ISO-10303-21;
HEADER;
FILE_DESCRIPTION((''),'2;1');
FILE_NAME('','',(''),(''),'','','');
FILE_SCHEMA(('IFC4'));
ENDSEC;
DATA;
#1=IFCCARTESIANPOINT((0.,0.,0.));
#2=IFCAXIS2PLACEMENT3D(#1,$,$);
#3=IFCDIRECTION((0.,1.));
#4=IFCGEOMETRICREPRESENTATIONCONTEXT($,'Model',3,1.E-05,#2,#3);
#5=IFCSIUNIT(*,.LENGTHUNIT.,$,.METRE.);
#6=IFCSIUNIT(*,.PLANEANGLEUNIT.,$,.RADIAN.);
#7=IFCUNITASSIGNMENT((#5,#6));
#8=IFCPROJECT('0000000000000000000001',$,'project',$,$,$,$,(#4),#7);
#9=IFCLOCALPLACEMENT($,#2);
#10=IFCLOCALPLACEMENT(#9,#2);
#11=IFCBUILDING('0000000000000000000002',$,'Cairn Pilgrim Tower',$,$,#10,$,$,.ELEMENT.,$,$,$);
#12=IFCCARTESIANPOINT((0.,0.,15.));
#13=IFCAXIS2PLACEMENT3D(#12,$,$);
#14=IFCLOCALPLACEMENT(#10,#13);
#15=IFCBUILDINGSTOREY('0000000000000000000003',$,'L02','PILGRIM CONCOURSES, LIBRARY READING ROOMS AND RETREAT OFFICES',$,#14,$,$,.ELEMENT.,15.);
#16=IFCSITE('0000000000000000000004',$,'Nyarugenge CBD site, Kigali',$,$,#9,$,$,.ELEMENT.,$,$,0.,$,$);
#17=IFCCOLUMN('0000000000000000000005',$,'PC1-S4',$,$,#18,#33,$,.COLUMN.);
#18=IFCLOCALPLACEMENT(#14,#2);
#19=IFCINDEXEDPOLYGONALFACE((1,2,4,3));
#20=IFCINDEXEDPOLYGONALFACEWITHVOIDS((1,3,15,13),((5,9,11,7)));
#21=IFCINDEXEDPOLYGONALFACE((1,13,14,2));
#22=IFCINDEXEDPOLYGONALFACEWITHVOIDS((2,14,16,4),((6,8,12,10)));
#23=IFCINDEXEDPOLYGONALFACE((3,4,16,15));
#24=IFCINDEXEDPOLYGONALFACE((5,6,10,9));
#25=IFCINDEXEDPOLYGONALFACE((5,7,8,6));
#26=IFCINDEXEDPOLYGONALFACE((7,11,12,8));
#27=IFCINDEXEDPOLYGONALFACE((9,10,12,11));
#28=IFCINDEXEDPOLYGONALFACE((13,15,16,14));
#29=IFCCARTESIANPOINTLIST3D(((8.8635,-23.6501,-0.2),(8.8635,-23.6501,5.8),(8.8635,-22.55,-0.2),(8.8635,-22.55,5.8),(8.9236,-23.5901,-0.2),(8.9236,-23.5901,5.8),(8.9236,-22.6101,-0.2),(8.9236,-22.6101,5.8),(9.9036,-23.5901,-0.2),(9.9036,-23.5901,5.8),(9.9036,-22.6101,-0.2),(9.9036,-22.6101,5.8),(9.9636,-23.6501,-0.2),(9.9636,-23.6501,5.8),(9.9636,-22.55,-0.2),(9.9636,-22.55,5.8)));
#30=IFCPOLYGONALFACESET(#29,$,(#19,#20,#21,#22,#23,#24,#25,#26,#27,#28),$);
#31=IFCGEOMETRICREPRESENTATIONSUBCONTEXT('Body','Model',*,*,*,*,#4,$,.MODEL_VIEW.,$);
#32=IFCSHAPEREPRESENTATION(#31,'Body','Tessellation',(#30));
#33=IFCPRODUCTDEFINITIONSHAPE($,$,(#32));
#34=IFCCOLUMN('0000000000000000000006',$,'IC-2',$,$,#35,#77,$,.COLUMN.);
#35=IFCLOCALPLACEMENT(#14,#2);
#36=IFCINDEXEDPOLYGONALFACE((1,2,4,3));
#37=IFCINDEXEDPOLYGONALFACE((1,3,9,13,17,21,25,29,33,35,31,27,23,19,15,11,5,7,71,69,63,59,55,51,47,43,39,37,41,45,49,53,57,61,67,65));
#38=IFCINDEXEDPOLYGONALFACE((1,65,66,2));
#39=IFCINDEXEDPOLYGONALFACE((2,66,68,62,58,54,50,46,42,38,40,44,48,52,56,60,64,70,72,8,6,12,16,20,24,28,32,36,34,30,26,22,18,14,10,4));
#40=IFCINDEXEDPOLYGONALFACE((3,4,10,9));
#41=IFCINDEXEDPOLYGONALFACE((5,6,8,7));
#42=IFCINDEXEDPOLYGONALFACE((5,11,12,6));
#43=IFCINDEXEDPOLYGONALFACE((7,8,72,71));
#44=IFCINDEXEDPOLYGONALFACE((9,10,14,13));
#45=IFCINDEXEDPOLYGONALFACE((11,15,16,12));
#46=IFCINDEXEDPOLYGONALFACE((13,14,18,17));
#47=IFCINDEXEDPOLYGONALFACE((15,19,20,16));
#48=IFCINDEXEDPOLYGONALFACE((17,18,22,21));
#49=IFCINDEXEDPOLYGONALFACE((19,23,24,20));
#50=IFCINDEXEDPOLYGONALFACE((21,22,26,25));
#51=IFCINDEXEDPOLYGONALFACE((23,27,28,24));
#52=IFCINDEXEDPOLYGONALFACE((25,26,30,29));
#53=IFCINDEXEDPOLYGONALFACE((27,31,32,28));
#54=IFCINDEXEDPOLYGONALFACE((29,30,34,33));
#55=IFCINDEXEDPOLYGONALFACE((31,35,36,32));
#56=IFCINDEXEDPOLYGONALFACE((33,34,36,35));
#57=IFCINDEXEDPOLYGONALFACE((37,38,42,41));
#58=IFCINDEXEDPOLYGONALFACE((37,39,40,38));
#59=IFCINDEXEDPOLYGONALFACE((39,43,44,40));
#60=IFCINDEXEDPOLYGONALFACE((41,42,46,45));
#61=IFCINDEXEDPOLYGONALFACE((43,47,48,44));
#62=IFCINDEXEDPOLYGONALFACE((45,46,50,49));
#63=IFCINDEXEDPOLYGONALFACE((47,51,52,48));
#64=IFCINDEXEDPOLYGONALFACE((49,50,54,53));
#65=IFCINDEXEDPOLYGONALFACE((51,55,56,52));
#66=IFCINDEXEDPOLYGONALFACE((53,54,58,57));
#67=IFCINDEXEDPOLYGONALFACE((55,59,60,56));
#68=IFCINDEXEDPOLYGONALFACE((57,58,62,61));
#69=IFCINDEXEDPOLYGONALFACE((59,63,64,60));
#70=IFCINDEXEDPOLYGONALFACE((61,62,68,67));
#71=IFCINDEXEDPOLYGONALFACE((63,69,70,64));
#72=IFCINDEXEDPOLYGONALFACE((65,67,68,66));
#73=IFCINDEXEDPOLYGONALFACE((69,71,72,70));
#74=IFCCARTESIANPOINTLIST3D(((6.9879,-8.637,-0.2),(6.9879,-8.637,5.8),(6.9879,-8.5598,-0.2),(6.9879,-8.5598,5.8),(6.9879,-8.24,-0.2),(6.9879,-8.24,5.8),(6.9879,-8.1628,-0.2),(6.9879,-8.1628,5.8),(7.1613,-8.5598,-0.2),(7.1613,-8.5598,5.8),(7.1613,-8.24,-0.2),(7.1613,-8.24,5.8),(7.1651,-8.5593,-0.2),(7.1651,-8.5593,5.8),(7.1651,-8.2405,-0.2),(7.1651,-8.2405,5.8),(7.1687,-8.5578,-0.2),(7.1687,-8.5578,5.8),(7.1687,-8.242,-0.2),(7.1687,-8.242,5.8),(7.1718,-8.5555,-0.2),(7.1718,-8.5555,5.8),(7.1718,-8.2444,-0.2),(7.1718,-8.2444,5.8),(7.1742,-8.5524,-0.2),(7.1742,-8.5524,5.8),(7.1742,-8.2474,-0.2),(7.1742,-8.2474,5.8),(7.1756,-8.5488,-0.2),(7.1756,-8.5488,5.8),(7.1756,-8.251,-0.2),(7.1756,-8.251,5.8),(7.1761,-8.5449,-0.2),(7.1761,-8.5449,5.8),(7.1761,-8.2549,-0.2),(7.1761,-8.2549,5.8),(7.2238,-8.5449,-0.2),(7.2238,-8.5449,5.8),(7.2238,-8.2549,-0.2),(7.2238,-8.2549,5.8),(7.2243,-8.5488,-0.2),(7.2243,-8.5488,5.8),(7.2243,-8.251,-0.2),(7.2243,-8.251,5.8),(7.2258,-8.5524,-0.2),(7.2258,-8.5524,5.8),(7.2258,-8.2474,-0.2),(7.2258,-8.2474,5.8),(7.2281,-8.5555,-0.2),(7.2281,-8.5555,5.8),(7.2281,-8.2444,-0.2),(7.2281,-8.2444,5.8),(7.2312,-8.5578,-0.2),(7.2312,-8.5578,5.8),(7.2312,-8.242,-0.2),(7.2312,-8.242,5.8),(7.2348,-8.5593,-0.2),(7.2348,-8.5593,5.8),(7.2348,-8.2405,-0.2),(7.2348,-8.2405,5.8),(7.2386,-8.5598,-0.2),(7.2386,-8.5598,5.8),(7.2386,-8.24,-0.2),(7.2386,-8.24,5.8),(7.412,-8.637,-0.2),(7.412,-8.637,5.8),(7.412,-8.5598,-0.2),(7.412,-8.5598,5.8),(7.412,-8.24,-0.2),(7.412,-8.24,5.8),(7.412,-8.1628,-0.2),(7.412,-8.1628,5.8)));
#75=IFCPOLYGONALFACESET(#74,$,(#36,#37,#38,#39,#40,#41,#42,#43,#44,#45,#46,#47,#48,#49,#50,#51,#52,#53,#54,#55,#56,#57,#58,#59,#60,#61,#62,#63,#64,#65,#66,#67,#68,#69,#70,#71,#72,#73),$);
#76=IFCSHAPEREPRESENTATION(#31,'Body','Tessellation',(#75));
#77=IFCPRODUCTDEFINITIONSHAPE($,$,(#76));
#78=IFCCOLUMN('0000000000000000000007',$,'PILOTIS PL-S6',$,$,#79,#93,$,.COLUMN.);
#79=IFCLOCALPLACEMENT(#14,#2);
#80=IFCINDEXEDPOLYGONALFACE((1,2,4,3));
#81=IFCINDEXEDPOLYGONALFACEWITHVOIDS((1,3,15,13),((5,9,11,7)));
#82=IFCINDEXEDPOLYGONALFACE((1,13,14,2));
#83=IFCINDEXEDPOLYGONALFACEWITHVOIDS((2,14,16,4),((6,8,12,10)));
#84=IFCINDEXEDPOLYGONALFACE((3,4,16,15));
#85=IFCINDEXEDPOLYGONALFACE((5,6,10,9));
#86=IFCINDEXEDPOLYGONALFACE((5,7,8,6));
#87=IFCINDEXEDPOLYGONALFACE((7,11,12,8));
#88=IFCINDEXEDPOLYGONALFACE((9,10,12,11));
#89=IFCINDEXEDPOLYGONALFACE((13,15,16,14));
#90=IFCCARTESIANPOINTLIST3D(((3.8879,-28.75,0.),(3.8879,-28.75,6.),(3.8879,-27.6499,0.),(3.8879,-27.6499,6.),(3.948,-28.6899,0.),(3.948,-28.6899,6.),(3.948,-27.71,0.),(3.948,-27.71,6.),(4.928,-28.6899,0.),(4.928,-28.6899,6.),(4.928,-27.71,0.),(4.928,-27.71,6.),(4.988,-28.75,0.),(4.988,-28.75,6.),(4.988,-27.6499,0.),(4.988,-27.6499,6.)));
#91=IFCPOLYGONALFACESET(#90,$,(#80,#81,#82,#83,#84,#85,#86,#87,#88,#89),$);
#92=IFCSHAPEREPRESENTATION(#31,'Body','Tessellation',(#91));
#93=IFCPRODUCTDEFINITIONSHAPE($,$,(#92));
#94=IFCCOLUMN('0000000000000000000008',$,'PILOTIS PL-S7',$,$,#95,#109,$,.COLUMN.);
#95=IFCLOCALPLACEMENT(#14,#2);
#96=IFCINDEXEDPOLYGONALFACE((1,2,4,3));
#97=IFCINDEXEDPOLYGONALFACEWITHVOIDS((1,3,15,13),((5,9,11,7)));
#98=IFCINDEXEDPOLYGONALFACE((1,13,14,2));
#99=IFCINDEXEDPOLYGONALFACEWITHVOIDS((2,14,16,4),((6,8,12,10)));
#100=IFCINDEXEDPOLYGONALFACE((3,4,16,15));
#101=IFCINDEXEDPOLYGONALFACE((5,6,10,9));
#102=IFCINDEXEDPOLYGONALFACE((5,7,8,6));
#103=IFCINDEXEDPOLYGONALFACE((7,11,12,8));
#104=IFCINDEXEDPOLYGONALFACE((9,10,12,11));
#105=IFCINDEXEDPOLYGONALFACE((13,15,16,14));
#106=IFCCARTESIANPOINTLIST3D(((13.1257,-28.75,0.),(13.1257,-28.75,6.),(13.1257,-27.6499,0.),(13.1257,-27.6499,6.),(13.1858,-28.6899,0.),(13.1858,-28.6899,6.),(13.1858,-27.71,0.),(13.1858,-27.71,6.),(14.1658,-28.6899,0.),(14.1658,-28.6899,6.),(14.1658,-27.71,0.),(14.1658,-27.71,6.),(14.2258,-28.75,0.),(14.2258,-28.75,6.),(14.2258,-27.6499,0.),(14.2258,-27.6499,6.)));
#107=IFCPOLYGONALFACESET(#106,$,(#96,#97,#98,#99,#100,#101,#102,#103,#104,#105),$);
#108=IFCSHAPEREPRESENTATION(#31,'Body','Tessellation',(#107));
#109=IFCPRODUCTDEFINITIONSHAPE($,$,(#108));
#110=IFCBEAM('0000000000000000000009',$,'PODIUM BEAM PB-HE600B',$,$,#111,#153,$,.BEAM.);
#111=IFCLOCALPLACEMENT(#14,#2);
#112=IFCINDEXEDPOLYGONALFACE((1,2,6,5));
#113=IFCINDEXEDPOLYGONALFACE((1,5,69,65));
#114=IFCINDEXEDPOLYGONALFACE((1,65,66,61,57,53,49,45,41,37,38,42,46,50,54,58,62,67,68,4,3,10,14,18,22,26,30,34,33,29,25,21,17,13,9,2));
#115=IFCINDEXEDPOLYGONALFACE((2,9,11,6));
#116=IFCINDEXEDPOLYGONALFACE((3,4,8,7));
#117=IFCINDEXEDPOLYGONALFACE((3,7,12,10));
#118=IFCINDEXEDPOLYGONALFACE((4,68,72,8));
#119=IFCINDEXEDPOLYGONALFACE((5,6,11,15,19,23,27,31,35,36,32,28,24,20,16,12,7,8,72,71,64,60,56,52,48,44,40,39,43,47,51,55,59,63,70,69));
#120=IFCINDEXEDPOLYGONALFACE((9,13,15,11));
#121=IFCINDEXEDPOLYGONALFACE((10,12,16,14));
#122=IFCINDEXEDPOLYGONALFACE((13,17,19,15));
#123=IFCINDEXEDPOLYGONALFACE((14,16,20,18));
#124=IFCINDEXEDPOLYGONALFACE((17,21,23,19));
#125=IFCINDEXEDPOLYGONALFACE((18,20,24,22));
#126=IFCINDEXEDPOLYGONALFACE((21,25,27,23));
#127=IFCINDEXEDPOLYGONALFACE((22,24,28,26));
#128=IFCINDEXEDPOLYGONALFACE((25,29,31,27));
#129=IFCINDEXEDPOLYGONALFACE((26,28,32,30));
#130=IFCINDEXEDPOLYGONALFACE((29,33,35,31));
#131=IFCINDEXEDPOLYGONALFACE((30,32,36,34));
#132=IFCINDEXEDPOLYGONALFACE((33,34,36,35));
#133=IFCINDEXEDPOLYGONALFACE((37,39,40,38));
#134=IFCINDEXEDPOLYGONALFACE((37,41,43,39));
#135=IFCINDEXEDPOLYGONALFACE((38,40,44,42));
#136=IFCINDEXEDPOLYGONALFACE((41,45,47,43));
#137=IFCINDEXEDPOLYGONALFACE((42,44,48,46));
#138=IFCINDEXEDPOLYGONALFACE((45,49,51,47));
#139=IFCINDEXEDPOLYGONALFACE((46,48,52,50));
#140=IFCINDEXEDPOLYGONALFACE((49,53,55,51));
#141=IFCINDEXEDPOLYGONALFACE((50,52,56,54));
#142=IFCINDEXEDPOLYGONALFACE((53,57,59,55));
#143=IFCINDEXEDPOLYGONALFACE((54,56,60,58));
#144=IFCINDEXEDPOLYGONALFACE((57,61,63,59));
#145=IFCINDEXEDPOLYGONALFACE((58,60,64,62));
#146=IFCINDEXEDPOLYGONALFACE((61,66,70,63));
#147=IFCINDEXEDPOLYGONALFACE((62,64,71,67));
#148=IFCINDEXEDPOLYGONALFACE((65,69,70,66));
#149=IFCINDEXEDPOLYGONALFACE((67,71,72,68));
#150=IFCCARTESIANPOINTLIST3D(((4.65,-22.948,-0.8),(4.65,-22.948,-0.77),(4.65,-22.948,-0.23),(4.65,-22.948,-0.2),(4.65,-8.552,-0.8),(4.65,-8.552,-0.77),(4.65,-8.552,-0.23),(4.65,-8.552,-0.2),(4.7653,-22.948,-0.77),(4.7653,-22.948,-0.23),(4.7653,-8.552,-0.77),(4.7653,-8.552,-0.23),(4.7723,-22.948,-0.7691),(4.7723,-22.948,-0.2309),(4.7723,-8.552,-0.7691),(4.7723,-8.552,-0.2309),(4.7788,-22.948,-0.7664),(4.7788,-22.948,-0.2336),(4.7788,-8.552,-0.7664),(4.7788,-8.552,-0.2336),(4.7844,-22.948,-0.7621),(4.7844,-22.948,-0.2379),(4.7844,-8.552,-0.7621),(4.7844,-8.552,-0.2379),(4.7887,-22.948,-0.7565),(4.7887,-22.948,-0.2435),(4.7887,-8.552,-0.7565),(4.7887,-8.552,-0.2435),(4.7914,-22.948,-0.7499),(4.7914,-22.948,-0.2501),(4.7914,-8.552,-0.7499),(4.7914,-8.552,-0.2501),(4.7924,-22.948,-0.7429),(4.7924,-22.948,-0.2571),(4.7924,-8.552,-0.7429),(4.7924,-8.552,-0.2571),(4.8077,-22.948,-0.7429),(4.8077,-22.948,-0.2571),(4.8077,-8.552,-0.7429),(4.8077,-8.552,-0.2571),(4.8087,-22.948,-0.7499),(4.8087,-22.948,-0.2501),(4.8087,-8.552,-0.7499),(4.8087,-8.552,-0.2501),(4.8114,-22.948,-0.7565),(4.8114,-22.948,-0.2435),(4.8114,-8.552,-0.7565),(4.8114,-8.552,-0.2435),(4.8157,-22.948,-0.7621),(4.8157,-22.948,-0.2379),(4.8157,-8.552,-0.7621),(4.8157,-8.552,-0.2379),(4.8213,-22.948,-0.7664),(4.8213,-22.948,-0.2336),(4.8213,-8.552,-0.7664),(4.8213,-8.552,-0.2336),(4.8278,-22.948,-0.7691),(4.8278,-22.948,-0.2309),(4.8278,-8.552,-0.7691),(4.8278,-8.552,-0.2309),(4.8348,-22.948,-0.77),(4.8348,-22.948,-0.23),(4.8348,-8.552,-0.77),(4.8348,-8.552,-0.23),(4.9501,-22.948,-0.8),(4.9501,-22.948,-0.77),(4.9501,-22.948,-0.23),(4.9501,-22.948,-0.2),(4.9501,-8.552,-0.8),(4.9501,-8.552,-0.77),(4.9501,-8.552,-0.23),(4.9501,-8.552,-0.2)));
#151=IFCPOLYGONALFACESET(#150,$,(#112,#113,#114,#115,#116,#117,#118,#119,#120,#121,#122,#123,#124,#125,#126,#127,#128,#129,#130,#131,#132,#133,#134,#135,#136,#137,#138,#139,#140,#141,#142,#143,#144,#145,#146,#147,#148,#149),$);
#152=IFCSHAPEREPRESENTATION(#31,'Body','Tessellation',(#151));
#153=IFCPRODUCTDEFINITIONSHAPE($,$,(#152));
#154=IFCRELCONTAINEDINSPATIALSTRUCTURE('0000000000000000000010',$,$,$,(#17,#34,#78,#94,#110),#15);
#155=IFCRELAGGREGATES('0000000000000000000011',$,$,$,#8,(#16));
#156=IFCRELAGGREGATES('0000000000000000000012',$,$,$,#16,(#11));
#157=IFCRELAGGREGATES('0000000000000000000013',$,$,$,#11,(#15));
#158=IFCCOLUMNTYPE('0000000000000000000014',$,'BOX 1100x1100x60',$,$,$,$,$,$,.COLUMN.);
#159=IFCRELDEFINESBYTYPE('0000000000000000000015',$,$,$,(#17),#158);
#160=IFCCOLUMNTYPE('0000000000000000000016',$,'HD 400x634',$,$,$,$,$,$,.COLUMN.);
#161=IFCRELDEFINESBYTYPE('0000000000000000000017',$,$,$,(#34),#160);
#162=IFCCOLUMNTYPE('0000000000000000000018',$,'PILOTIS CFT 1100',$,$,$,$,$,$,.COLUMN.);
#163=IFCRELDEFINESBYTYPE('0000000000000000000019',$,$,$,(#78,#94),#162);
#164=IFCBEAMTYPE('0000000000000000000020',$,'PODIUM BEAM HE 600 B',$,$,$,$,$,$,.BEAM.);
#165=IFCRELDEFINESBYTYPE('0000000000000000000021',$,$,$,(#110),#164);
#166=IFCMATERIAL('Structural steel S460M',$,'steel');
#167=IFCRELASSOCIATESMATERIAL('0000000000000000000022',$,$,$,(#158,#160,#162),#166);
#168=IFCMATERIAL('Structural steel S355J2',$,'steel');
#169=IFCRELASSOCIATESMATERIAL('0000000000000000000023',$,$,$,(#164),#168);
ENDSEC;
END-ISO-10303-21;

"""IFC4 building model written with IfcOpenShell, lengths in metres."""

from ifc_helpers import new_model, si_unit, direction, frame, origin, origin_2d, place, context, subcontext, project, spatial, hollow_rectangle, i_section, extrude, material, material_profile, profile_set, type_object, element, save


model = new_model("IFC4")

# Units and contexts
model_context = context("Model", 3, precision=1e-05, world=origin(), true_north=direction((0.0, 1.0)))
body_context = subcontext(model_context, "Body", "Model", "MODEL_VIEW")
ifc_project = project(units=[si_unit("LENGTHUNIT", "METRE"), si_unit("PLANEANGLEUNIT", "RADIAN")], contexts=[model_context])

# Site, building, storey
site_placement = place(None, origin())
site = spatial("IfcSite", under=ifc_project, at=site_placement, Name="Nyarugenge CBD site, Kigali", CompositionType="ELEMENT", RefElevation=0.0)
building_placement = place(site_placement, origin())
building = spatial("IfcBuilding", under=site, at=building_placement, Name="Cairn Pilgrim Tower", CompositionType="ELEMENT")
storey_placement = place(building_placement, frame((0.0, 0.0, 15.0)))
storey = spatial("IfcBuildingStorey", under=building, at=storey_placement, Name="L02", Description="PILGRIM CONCOURSES, LIBRARY READING ROOMS AND RETREAT OFFICES", CompositionType="ELEMENT", Elevation=15.0)

# Columns
ifc_material_1 = material(Name="Structural steel S460M", Category="steel")
ifc_material_profile_1 = material_profile(ifc_material_1, hollow_rectangle(XDim=1.1001, YDim=1.1001, WallThickness=0.0601, at=origin_2d()), Name="BOX 1100x1100x60")
ifc_profile_set_1 = profile_set([ifc_material_profile_1], Name="Structural steel S460M")
column_type_1 = type_object("IfcColumnType", Name="BOX 1100x1100x60", PredefinedType="COLUMN", material=ifc_profile_set_1)
column_1_placement = place(storey_placement, frame((9.4136, -23.1001, -0.2), z_axis=(0.0, 0.0, 1.0), x_axis=(1.0, 0.0, 0.0)))
element("IfcColumn", 1, at=column_1_placement, inside=storey, type_object=column_type_1, Name="PC1-S4", PredefinedType="COLUMN", context=body_context, shape_type="SweptSolid", body=[
    extrude(hollow_rectangle(XDim=1.1001, YDim=1.1001, WallThickness=0.0601, at=origin_2d()), origin(), (0.0, 0.0, 1.0), 6.0),
])
ifc_material_profile_2 = material_profile(ifc_material_1, i_section(OverallWidth=0.4241, OverallDepth=0.4741, WebThickness=0.0476, FlangeThickness=0.0771, FilletRadius=0.0149, at=origin_2d()), Name="HD 400x634")
ifc_profile_set_2 = profile_set([ifc_material_profile_2], Name="Structural steel S460M")
column_type_2 = type_object("IfcColumnType", Name="HD 400x634", PredefinedType="COLUMN", material=ifc_profile_set_2)
column_2_placement = place(storey_placement, frame((7.2, -8.3999, -0.2), z_axis=(0.0, 0.0, 1.0), x_axis=(1.0, 0.0, 0.0)))
element("IfcColumn", 2, at=column_2_placement, inside=storey, type_object=column_type_2, Name="IC-2", PredefinedType="COLUMN", context=body_context, shape_type="SweptSolid", body=[
    extrude(i_section(OverallWidth=0.4241, OverallDepth=0.4741, WebThickness=0.0476, FlangeThickness=0.0771, FilletRadius=0.0149, at=origin_2d()), origin(), (0.0, 0.0, 1.0), 6.0),
])
ifc_material_profile_3 = material_profile(ifc_material_1, hollow_rectangle(XDim=1.1001, YDim=1.1001, WallThickness=0.0601, at=origin_2d()), Name="BOX 1100x1100x60")
ifc_profile_set_3 = profile_set([ifc_material_profile_3], Name="Structural steel S460M")
column_type_3 = type_object("IfcColumnType", Name="PILOTIS CFT 1100", PredefinedType="COLUMN", material=ifc_profile_set_3)
for number, where, z_axis, x_axis, name in (
    (3, (4.438, -28.2, 0.0), (0.0, 0.0, 1.0), (1.0, 0.0, 0.0), "PILOTIS PL-S6"),
    (4, (13.6758, -28.2, 0.0), (0.0, 0.0, 1.0), (1.0, 0.0, 0.0), "PILOTIS PL-S7"),
):
    element("IfcColumn", number, at=place(storey_placement, frame(where, z_axis=z_axis, x_axis=x_axis)), inside=storey, type_object=column_type_3, Name=name, PredefinedType="COLUMN", context=body_context, shape_type="SweptSolid", body=[
        extrude(hollow_rectangle(XDim=1.1001, YDim=1.1001, WallThickness=0.0601, at=origin_2d()), origin(), (0.0, 0.0, 1.0), 6.0),
    ])

# Beam
ifc_material_2 = material(Name="Structural steel S355J2", Category="steel")
ifc_material_profile_4 = material_profile(ifc_material_2, i_section(OverallWidth=0.3, OverallDepth=0.6001, WebThickness=0.0154, FlangeThickness=0.03, FilletRadius=0.0271, at=origin_2d()), Name="HEB 600")
ifc_profile_set_4 = profile_set([ifc_material_profile_4], Name="Structural steel S355J2")
beam_type_1 = type_object("IfcBeamType", Name="PODIUM BEAM HE 600 B", PredefinedType="BEAM", material=ifc_profile_set_4)
beam_1_placement = place(storey_placement, frame((4.8, -22.948, -0.5), z_axis=(0.0, 1.0, 0.0), x_axis=(-1.0, 0.0, 0.0)))
element("IfcBeam", 5, at=beam_1_placement, inside=storey, type_object=beam_type_1, Name="PODIUM BEAM PB-HE600B", PredefinedType="BEAM", context=body_context, shape_type="SweptSolid", body=[
    extrude(i_section(OverallWidth=0.3, OverallDepth=0.6001, WebThickness=0.0154, FlangeThickness=0.03, FilletRadius=0.0271, at=origin_2d()), origin(), (0.0, 0.0, 1.0), 14.396),
])

save(model, "model.ifc")
